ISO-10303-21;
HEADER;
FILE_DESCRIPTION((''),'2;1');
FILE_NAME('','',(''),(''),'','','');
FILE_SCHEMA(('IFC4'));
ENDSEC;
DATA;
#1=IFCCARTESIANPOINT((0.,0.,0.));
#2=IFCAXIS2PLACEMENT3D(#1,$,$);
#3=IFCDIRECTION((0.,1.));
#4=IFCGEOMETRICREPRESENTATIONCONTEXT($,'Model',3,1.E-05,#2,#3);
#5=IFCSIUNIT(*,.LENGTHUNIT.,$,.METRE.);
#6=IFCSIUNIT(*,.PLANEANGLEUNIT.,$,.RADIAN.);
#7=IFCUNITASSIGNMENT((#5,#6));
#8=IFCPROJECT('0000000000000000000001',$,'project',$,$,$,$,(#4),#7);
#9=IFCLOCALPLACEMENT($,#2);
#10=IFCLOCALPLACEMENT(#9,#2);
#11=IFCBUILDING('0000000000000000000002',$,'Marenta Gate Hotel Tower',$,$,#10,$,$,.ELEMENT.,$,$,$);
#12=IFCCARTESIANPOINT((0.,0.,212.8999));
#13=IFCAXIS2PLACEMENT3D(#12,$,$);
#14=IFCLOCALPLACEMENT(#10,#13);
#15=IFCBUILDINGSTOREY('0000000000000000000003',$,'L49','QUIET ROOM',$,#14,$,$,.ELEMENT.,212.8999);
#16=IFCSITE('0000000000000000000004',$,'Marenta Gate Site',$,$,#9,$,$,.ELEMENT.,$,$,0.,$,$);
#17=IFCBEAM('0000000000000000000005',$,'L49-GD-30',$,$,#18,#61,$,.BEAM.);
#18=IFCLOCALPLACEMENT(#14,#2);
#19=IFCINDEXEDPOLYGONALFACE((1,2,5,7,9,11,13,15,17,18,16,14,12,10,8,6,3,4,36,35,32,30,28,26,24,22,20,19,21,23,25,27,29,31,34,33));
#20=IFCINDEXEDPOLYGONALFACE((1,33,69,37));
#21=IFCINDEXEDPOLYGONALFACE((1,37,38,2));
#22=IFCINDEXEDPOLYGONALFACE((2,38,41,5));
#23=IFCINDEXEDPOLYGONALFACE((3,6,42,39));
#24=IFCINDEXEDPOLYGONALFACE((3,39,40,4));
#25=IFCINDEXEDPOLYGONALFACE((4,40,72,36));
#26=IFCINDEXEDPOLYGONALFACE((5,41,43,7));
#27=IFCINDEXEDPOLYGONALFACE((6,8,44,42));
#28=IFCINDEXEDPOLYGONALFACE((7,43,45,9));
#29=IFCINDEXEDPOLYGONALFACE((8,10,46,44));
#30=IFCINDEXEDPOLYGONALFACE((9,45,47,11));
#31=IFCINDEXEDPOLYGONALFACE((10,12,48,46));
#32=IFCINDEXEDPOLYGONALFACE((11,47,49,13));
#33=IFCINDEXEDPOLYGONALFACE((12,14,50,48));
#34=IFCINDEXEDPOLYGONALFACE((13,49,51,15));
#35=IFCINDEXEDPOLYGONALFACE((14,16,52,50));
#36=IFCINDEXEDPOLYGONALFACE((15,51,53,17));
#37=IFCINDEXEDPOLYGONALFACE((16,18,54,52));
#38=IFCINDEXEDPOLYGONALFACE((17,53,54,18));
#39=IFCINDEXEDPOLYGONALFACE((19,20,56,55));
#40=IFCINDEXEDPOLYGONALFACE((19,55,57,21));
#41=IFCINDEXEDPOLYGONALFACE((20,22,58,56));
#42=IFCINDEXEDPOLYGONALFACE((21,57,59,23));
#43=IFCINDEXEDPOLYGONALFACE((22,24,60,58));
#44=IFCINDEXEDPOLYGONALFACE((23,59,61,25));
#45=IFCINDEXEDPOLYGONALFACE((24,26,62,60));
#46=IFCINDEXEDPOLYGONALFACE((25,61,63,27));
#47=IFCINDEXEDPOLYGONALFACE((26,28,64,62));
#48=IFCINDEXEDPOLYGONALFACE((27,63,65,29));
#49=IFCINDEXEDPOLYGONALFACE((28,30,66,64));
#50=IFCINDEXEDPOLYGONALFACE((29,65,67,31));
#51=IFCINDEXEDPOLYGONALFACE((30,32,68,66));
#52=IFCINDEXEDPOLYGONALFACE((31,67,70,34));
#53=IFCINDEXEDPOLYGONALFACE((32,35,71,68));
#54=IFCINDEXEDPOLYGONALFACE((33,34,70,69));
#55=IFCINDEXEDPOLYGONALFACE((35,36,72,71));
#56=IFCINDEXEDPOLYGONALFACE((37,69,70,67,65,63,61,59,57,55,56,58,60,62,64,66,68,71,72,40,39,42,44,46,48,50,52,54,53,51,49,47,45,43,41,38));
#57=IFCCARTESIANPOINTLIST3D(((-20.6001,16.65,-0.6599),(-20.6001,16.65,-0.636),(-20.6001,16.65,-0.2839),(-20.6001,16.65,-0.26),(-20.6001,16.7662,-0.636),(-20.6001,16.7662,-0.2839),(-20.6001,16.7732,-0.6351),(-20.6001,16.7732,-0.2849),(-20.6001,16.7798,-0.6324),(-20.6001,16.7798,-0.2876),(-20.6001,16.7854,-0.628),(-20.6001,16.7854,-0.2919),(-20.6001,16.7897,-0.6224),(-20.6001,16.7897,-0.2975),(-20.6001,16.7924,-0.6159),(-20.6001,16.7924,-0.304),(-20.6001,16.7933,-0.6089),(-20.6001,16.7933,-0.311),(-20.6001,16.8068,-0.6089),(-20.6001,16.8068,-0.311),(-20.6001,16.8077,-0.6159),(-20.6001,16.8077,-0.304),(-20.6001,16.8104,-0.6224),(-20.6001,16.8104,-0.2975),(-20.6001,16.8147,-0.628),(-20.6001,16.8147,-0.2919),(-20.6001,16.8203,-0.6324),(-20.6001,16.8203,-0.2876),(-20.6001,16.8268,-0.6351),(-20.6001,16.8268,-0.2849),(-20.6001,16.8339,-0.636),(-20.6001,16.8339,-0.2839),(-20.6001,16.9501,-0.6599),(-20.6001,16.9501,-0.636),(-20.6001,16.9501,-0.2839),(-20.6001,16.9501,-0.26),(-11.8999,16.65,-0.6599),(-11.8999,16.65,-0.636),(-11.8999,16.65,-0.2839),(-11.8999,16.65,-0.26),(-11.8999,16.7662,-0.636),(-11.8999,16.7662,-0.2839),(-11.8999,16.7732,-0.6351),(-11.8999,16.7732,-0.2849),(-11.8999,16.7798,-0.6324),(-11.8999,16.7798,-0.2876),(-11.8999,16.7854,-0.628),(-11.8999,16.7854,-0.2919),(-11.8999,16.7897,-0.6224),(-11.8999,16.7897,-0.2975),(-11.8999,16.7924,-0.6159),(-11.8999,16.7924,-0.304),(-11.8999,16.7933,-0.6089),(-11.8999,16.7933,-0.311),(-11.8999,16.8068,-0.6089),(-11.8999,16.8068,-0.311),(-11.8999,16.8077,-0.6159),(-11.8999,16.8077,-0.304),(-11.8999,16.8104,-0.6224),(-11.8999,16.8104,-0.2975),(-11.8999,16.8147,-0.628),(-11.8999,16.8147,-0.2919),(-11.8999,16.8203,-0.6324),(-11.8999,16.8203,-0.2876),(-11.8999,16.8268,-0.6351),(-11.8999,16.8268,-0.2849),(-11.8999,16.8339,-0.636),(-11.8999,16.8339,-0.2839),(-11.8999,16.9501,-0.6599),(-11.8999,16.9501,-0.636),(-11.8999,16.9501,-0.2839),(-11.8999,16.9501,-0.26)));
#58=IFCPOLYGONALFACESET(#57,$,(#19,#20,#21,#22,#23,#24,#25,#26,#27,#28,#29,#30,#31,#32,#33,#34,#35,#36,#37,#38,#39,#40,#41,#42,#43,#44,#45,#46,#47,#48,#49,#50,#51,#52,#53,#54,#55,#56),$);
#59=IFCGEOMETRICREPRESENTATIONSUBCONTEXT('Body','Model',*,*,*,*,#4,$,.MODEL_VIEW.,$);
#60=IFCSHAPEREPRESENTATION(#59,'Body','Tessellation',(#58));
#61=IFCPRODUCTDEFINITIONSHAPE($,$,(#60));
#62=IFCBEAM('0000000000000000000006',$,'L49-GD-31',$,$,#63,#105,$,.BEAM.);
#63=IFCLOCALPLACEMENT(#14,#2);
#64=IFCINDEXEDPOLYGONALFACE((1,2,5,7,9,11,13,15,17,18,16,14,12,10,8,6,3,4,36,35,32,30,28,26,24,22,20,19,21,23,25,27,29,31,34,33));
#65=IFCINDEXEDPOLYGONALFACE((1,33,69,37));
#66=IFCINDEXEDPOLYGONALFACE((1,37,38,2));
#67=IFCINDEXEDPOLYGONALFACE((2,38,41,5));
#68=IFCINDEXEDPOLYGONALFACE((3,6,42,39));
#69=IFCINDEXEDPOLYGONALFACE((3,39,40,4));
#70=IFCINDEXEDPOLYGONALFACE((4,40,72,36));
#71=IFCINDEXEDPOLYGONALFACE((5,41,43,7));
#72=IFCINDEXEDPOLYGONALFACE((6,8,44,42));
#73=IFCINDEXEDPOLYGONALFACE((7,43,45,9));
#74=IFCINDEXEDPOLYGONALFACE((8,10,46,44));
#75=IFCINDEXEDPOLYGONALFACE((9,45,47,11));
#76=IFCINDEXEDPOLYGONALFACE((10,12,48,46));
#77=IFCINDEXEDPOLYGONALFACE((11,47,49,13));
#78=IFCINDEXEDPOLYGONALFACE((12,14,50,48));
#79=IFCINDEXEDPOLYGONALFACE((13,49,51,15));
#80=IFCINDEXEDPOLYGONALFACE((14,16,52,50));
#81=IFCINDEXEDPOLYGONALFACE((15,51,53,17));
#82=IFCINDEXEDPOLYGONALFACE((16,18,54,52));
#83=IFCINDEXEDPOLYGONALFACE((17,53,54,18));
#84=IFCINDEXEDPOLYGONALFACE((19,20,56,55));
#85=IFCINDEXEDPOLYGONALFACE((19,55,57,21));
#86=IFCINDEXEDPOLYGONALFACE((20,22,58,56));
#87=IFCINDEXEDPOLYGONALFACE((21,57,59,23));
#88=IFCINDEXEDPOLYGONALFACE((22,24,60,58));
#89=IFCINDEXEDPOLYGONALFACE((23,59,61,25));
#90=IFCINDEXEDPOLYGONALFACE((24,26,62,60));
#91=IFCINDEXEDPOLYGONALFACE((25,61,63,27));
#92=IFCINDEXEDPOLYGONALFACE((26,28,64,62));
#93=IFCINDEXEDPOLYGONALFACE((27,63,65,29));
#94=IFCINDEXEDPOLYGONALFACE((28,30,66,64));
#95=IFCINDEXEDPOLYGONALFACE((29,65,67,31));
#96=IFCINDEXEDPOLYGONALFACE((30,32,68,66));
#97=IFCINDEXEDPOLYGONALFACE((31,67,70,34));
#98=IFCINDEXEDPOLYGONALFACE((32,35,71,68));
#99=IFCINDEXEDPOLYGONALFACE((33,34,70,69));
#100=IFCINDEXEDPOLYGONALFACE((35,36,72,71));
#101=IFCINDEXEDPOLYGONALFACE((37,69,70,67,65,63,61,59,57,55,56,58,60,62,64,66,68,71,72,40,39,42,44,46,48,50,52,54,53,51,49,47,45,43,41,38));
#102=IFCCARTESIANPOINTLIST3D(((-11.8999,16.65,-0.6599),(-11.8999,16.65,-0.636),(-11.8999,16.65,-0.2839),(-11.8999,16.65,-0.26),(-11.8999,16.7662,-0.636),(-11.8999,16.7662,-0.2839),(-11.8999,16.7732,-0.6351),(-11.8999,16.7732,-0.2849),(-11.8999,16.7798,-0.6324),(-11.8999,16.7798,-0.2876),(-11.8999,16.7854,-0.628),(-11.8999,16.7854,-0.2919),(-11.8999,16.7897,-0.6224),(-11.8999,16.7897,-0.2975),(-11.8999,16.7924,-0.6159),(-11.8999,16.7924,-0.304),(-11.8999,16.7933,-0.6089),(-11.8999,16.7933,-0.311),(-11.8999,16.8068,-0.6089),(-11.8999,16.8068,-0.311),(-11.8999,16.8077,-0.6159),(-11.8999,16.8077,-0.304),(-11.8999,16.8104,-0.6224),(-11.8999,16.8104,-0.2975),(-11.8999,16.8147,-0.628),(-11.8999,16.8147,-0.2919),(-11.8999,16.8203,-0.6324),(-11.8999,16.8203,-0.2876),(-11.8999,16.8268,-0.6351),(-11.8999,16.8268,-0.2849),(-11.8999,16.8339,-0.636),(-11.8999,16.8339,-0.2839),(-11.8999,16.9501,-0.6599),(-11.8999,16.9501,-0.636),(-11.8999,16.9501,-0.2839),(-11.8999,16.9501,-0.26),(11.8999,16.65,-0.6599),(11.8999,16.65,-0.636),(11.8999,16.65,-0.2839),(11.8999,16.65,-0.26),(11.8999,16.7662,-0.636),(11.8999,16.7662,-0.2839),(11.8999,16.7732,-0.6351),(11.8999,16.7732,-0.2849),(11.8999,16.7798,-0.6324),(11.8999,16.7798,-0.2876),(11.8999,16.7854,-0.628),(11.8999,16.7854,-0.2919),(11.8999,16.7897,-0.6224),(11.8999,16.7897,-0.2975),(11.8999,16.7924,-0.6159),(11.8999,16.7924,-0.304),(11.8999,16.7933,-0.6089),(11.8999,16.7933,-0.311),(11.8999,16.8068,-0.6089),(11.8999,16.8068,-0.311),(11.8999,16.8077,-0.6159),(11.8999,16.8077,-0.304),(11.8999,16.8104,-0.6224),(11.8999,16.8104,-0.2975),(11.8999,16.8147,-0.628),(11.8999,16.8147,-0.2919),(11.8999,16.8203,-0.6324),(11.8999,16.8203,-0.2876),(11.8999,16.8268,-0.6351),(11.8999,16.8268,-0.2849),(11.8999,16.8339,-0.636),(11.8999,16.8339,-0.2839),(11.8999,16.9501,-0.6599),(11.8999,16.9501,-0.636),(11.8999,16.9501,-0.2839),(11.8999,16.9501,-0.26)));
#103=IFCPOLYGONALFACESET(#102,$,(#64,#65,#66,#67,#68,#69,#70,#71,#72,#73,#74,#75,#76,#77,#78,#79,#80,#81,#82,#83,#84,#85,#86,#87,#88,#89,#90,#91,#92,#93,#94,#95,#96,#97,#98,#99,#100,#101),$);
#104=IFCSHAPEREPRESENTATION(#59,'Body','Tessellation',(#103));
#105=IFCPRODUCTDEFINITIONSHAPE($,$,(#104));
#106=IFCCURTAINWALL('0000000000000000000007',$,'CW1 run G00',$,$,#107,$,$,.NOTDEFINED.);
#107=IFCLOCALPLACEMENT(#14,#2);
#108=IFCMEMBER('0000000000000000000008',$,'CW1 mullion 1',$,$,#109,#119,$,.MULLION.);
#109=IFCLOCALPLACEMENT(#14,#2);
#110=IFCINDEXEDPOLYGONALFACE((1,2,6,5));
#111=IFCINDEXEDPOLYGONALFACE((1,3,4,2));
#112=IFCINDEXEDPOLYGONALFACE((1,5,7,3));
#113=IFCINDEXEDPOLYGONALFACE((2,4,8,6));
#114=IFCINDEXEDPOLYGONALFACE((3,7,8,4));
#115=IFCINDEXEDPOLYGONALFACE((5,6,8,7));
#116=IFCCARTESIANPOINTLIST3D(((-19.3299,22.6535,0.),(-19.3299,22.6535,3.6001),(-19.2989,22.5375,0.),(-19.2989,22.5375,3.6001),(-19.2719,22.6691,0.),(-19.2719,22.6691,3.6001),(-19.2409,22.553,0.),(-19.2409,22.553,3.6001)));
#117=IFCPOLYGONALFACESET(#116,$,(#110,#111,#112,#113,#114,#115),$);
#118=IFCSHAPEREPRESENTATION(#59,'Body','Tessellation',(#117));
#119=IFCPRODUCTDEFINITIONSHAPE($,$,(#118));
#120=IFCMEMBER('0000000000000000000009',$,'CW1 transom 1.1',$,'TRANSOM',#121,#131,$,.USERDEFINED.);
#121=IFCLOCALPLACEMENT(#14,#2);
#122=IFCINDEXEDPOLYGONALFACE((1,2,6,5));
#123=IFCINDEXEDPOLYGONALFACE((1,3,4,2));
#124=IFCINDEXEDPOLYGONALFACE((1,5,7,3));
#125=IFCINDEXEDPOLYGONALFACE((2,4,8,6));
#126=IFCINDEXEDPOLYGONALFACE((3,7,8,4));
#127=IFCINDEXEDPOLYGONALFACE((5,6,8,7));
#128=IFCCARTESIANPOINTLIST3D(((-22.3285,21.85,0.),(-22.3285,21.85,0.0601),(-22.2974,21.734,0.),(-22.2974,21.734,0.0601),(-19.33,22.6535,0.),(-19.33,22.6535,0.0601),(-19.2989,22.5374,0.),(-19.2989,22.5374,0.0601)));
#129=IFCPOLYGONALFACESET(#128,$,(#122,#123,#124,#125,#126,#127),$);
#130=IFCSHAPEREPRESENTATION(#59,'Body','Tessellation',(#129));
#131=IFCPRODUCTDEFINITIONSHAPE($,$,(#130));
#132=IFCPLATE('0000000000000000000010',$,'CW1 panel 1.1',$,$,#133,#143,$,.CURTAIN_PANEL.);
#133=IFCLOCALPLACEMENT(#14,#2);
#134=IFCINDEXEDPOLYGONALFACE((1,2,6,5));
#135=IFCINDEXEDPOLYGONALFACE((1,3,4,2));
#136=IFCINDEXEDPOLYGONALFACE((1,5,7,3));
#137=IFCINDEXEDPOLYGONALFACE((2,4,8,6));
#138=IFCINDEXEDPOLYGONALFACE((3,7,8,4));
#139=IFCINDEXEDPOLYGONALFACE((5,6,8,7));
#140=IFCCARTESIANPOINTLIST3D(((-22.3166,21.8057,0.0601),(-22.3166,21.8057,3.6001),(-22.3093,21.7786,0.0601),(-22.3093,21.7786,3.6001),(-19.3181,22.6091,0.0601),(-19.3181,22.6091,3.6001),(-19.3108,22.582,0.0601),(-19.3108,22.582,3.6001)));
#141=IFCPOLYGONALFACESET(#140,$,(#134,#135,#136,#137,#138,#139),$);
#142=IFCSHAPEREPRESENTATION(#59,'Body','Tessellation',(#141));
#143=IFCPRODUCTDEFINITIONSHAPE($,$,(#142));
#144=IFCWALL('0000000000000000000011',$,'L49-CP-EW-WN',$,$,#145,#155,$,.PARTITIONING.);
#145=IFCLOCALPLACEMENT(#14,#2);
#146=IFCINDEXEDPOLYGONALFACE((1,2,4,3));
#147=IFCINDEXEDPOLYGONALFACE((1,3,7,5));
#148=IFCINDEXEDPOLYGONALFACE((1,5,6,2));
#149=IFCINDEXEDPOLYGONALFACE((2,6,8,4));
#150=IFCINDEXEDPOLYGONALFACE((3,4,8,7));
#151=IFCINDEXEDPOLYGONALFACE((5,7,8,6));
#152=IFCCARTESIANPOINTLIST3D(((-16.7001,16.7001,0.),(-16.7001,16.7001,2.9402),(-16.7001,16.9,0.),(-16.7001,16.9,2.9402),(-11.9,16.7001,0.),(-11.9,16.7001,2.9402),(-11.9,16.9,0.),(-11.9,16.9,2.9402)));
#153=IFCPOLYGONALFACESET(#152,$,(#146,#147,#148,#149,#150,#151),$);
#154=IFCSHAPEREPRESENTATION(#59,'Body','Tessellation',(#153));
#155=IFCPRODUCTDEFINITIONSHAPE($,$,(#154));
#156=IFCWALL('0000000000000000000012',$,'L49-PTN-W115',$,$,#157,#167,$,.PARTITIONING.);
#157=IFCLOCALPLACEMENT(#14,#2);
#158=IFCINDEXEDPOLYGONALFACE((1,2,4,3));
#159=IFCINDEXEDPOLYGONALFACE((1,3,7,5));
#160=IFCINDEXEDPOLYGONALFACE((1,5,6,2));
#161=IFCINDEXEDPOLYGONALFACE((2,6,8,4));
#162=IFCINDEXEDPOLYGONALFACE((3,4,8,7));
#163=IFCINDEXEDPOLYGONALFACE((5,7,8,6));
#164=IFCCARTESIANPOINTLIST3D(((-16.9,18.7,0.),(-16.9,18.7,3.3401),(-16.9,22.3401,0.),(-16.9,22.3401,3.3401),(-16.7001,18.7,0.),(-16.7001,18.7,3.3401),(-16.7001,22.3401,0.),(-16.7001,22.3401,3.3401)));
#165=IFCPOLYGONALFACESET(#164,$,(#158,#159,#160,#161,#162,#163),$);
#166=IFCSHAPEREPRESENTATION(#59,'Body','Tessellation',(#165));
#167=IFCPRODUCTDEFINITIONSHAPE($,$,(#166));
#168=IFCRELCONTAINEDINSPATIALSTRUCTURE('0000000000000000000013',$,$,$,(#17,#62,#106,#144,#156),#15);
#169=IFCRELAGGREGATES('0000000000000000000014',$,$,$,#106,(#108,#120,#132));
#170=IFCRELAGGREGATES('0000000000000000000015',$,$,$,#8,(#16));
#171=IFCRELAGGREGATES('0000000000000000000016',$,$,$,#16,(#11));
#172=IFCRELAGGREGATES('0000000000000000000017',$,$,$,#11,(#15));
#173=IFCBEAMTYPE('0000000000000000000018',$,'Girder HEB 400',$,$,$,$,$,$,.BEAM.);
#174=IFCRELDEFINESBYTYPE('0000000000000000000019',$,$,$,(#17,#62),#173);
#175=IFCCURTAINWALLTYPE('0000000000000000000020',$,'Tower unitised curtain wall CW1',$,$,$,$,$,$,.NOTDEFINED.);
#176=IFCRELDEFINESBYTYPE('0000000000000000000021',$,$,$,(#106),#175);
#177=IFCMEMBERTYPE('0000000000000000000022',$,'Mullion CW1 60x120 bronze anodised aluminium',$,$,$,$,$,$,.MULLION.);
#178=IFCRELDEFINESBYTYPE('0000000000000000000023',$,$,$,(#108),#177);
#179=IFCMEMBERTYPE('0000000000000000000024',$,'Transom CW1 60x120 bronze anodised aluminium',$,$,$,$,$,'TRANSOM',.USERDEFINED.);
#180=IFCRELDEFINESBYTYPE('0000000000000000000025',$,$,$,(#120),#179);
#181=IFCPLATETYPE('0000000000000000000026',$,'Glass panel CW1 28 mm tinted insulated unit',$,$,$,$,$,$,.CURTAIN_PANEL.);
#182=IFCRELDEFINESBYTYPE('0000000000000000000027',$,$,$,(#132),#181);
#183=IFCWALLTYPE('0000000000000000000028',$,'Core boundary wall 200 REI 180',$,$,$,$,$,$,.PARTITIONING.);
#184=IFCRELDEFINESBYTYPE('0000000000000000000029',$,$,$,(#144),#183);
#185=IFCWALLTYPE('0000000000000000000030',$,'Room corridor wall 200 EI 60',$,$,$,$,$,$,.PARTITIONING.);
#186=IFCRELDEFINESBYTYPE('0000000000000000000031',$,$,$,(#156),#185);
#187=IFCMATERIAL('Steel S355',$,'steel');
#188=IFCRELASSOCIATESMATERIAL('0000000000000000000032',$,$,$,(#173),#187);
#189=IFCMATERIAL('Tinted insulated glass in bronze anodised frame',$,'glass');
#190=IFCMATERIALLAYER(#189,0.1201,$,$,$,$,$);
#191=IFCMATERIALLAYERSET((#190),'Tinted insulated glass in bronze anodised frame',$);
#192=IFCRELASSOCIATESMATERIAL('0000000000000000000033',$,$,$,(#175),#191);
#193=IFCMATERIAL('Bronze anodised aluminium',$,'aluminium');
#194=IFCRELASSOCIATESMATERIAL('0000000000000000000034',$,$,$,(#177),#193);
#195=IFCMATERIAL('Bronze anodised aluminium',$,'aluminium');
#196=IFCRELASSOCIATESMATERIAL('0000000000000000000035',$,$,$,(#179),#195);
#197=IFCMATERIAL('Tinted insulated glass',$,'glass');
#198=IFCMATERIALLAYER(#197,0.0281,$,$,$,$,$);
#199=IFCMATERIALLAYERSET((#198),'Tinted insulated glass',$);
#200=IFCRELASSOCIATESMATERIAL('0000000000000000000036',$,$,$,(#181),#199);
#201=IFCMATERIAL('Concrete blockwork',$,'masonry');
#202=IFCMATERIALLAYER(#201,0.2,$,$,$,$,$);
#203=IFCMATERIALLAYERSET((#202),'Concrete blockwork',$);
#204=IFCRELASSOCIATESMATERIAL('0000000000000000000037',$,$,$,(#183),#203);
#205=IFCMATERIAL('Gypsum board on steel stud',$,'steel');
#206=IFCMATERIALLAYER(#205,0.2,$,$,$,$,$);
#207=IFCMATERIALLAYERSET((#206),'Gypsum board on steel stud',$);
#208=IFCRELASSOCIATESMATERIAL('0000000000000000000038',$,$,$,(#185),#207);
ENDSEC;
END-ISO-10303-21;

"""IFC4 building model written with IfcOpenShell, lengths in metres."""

from ifc_helpers import new_model, si_unit, direction, frame, frame_2d, origin, origin_2d, place, context, subcontext, project, spatial, rectangle, i_section, extrude, material, layer, layer_set, material_profile, profile_set, type_object, element, aggregate, save


model = new_model("IFC4")

# Units and contexts
model_context = context("Model", 3, precision=1e-05, world=origin(), true_north=direction((0.0, 1.0)))
body_context = subcontext(model_context, "Body", "Model", "MODEL_VIEW")
ifc_project = project(units=[si_unit("LENGTHUNIT", "METRE"), si_unit("PLANEANGLEUNIT", "RADIAN")], contexts=[model_context])

# Site, building, storey
site_placement = place(None, origin())
site = spatial("IfcSite", under=ifc_project, at=site_placement, Name="Marenta Gate Site", CompositionType="ELEMENT", RefElevation=0.0)
building_placement = place(site_placement, origin())
building = spatial("IfcBuilding", under=site, at=building_placement, Name="Marenta Gate Hotel Tower", CompositionType="ELEMENT")
storey_placement = place(building_placement, frame((0.0, 0.0, 212.8999)))
storey = spatial("IfcBuildingStorey", under=building, at=storey_placement, Name="L49", Description="QUIET ROOM", CompositionType="ELEMENT", Elevation=212.8999)

# Beams
ifc_material_1 = material(Name="Steel S355", Category="steel")
ifc_material_profile_1 = material_profile(ifc_material_1, i_section(OverallWidth=0.3, OverallDepth=0.3999, WebThickness=0.0134, FlangeThickness=0.0239, FilletRadius=0.0271, at=origin_2d()), Name="HEB 400")
ifc_profile_set_1 = profile_set([ifc_material_profile_1], Name="Steel S355")
beam_type_1 = type_object("IfcBeamType", Name="Girder HEB 400", PredefinedType="BEAM", material=ifc_profile_set_1)
beam_1_placement = place(storey_placement, frame((-20.6001, 16.8, -0.46), z_axis=(1.0, 0.0, 0.0), x_axis=(0.0, 1.0, 0.0)))
element("IfcBeam", 1, at=beam_1_placement, inside=storey, type_object=beam_type_1, Name="L49-GD-30", PredefinedType="BEAM", context=body_context, shape_type="SweptSolid", body=[
    extrude(i_section(OverallWidth=0.3, OverallDepth=0.3999, WebThickness=0.0134, FlangeThickness=0.0239, FilletRadius=0.0271, at=origin_2d()), origin(), (0.0, 0.0, 1.0), 8.7002),
])
beam_2_placement = place(storey_placement, frame((-11.8999, 16.8, -0.46), z_axis=(1.0, 0.0, 0.0), x_axis=(0.0, 1.0, 0.0)))
element("IfcBeam", 2, at=beam_2_placement, inside=storey, type_object=beam_type_1, Name="L49-GD-31", PredefinedType="BEAM", context=body_context, shape_type="SweptSolid", body=[
    extrude(i_section(OverallWidth=0.3, OverallDepth=0.3999, WebThickness=0.0134, FlangeThickness=0.0239, FilletRadius=0.0271, at=origin_2d()), origin(), (0.0, 0.0, 1.0), 23.7998),
])

# Curtain wall, members, plate
ifc_material_2 = material(Name="Tinted insulated glass in bronze anodised frame", Category="glass")
ifc_layer_1 = layer(ifc_material_2, 0.1201)
ifc_layer_set_1 = layer_set([ifc_layer_1], Name="Tinted insulated glass in bronze anodised frame")
curtain_wall_type = type_object("IfcCurtainWallType", Name="Tower unitised curtain wall CW1", PredefinedType="NOTDEFINED", material=ifc_layer_set_1)
curtain_wall_placement = place(storey_placement, origin())
curtain_wall = element("IfcCurtainWall", 3, at=curtain_wall_placement, inside=storey, type_object=curtain_wall_type, Name="CW1 run G00", PredefinedType="NOTDEFINED")
ifc_material_3 = material(Name="Bronze anodised aluminium", Category="aluminium")
ifc_material_profile_2 = material_profile(ifc_material_3, rectangle(XDim=0.1201, YDim=0.0601, at=origin_2d()), Name="Mullion CW1 60x120 bronze anodised aluminium")
ifc_profile_set_2 = profile_set([ifc_material_profile_2], Name="Bronze anodised aluminium")
member_type_1 = type_object("IfcMemberType", Name="Mullion CW1 60x120 bronze anodised aluminium", PredefinedType="MULLION", material=ifc_profile_set_2)
member_1_placement = place(storey_placement, frame((-19.2854, 22.6033, 0.0), z_axis=(0.0, 0.0, 1.0), x_axis=(0.258801, -0.965931, 0.0)))
member_1 = element("IfcMember", 4, at=member_1_placement, type_object=member_type_1, Name="CW1 mullion 1", PredefinedType="MULLION", context=body_context, shape_type="SweptSolid", body=[
    extrude(rectangle(XDim=0.1201, YDim=0.0601, at=origin_2d()), origin(), (0.0, 0.0, 1.0), 3.6001),
])
ifc_material_4 = material(Name="Bronze anodised aluminium", Category="aluminium")
ifc_material_profile_3 = material_profile(ifc_material_4, rectangle(XDim=0.1201, YDim=0.0601, at=origin_2d()), Name="Transom CW1 60x120 bronze anodised aluminium")
ifc_profile_set_3 = profile_set([ifc_material_profile_3], Name="Bronze anodised aluminium")
member_type_2 = type_object("IfcMemberType", Name="Transom CW1 60x120 bronze anodised aluminium", ElementType="TRANSOM", PredefinedType="USERDEFINED", material=ifc_profile_set_3)
member_2_placement = place(storey_placement, frame((-19.3145, 22.5955, 0.03), z_axis=(-0.965925, -0.258823, 0.0), x_axis=(0.258823, -0.965925, 0.0)))
member_2 = element("IfcMember", 5, at=member_2_placement, type_object=member_type_2, Name="CW1 transom 1.1", ObjectType="TRANSOM", PredefinedType="USERDEFINED", context=body_context, shape_type="SweptSolid", body=[
    extrude(rectangle(XDim=0.1201, YDim=0.0601, at=origin_2d()), origin(), (0.0, 0.0, 1.0), 3.1042),
])
ifc_material_5 = material(Name="Tinted insulated glass", Category="glass")
ifc_layer_2 = layer(ifc_material_5, 0.0281)
ifc_layer_set_2 = layer_set([ifc_layer_2], Name="Tinted insulated glass")
plate_type = type_object("IfcPlateType", Name="Glass panel CW1 28 mm tinted insulated unit", PredefinedType="CURTAIN_PANEL", material=ifc_layer_set_2)
plate_placement = place(storey_placement, frame((-20.8137, 22.1938, 0.0601), z_axis=(0.0, 0.0, 1.0), x_axis=(-0.965931, -0.258801, 0.0)))
plate = element("IfcPlate", 6, at=plate_placement, type_object=plate_type, Name="CW1 panel 1.1", PredefinedType="CURTAIN_PANEL", context=body_context, shape_type="SweptSolid", body=[
    extrude(rectangle(XDim=3.1042, YDim=0.0281, at=origin_2d()), origin(), (0.0, 0.0, 1.0), 3.54),
])
aggregate(curtain_wall, [member_1, member_2, plate])

# Walls
ifc_material_6 = material(Name="Concrete blockwork", Category="masonry")
ifc_layer_3 = layer(ifc_material_6, 0.2)
ifc_layer_set_3 = layer_set([ifc_layer_3], Name="Concrete blockwork")
wall_type_1 = type_object("IfcWallType", Name="Core boundary wall 200 REI 180", PredefinedType="PARTITIONING", material=ifc_layer_set_3)
wall_1_placement = place(storey_placement, frame((-16.7, 16.8, 0.0), z_axis=(0.0, 0.0, 1.0), x_axis=(1.0, 0.0, 0.0)))
element("IfcWall", 7, at=wall_1_placement, inside=storey, type_object=wall_type_1, Name="L49-CP-EW-WN", PredefinedType="PARTITIONING", context=body_context, shape_type="SweptSolid", body=[
    extrude(rectangle(XDim=4.8, YDim=0.2, at=frame_2d((2.3999, 0.0))), origin(), (0.0, 0.0, 1.0), 2.9402),
])
ifc_material_7 = material(Name="Gypsum board on steel stud", Category="steel")
ifc_layer_4 = layer(ifc_material_7, 0.2)
ifc_layer_set_4 = layer_set([ifc_layer_4], Name="Gypsum board on steel stud")
wall_type_2 = type_object("IfcWallType", Name="Room corridor wall 200 EI 60", PredefinedType="PARTITIONING", material=ifc_layer_set_4)
wall_2_placement = place(storey_placement, frame((-16.8, 18.7, 0.0), z_axis=(0.0, 0.0, 1.0), x_axis=(0.0, 1.0, 0.0)))
element("IfcWall", 8, at=wall_2_placement, inside=storey, type_object=wall_type_2, Name="L49-PTN-W115", PredefinedType="PARTITIONING", context=body_context, shape_type="SweptSolid", body=[
    extrude(rectangle(XDim=3.6401, YDim=0.2, at=frame_2d((1.8201, 0.0))), origin(), (0.0, 0.0, 1.0), 3.3401),
])

save(model, "model.ifc")
